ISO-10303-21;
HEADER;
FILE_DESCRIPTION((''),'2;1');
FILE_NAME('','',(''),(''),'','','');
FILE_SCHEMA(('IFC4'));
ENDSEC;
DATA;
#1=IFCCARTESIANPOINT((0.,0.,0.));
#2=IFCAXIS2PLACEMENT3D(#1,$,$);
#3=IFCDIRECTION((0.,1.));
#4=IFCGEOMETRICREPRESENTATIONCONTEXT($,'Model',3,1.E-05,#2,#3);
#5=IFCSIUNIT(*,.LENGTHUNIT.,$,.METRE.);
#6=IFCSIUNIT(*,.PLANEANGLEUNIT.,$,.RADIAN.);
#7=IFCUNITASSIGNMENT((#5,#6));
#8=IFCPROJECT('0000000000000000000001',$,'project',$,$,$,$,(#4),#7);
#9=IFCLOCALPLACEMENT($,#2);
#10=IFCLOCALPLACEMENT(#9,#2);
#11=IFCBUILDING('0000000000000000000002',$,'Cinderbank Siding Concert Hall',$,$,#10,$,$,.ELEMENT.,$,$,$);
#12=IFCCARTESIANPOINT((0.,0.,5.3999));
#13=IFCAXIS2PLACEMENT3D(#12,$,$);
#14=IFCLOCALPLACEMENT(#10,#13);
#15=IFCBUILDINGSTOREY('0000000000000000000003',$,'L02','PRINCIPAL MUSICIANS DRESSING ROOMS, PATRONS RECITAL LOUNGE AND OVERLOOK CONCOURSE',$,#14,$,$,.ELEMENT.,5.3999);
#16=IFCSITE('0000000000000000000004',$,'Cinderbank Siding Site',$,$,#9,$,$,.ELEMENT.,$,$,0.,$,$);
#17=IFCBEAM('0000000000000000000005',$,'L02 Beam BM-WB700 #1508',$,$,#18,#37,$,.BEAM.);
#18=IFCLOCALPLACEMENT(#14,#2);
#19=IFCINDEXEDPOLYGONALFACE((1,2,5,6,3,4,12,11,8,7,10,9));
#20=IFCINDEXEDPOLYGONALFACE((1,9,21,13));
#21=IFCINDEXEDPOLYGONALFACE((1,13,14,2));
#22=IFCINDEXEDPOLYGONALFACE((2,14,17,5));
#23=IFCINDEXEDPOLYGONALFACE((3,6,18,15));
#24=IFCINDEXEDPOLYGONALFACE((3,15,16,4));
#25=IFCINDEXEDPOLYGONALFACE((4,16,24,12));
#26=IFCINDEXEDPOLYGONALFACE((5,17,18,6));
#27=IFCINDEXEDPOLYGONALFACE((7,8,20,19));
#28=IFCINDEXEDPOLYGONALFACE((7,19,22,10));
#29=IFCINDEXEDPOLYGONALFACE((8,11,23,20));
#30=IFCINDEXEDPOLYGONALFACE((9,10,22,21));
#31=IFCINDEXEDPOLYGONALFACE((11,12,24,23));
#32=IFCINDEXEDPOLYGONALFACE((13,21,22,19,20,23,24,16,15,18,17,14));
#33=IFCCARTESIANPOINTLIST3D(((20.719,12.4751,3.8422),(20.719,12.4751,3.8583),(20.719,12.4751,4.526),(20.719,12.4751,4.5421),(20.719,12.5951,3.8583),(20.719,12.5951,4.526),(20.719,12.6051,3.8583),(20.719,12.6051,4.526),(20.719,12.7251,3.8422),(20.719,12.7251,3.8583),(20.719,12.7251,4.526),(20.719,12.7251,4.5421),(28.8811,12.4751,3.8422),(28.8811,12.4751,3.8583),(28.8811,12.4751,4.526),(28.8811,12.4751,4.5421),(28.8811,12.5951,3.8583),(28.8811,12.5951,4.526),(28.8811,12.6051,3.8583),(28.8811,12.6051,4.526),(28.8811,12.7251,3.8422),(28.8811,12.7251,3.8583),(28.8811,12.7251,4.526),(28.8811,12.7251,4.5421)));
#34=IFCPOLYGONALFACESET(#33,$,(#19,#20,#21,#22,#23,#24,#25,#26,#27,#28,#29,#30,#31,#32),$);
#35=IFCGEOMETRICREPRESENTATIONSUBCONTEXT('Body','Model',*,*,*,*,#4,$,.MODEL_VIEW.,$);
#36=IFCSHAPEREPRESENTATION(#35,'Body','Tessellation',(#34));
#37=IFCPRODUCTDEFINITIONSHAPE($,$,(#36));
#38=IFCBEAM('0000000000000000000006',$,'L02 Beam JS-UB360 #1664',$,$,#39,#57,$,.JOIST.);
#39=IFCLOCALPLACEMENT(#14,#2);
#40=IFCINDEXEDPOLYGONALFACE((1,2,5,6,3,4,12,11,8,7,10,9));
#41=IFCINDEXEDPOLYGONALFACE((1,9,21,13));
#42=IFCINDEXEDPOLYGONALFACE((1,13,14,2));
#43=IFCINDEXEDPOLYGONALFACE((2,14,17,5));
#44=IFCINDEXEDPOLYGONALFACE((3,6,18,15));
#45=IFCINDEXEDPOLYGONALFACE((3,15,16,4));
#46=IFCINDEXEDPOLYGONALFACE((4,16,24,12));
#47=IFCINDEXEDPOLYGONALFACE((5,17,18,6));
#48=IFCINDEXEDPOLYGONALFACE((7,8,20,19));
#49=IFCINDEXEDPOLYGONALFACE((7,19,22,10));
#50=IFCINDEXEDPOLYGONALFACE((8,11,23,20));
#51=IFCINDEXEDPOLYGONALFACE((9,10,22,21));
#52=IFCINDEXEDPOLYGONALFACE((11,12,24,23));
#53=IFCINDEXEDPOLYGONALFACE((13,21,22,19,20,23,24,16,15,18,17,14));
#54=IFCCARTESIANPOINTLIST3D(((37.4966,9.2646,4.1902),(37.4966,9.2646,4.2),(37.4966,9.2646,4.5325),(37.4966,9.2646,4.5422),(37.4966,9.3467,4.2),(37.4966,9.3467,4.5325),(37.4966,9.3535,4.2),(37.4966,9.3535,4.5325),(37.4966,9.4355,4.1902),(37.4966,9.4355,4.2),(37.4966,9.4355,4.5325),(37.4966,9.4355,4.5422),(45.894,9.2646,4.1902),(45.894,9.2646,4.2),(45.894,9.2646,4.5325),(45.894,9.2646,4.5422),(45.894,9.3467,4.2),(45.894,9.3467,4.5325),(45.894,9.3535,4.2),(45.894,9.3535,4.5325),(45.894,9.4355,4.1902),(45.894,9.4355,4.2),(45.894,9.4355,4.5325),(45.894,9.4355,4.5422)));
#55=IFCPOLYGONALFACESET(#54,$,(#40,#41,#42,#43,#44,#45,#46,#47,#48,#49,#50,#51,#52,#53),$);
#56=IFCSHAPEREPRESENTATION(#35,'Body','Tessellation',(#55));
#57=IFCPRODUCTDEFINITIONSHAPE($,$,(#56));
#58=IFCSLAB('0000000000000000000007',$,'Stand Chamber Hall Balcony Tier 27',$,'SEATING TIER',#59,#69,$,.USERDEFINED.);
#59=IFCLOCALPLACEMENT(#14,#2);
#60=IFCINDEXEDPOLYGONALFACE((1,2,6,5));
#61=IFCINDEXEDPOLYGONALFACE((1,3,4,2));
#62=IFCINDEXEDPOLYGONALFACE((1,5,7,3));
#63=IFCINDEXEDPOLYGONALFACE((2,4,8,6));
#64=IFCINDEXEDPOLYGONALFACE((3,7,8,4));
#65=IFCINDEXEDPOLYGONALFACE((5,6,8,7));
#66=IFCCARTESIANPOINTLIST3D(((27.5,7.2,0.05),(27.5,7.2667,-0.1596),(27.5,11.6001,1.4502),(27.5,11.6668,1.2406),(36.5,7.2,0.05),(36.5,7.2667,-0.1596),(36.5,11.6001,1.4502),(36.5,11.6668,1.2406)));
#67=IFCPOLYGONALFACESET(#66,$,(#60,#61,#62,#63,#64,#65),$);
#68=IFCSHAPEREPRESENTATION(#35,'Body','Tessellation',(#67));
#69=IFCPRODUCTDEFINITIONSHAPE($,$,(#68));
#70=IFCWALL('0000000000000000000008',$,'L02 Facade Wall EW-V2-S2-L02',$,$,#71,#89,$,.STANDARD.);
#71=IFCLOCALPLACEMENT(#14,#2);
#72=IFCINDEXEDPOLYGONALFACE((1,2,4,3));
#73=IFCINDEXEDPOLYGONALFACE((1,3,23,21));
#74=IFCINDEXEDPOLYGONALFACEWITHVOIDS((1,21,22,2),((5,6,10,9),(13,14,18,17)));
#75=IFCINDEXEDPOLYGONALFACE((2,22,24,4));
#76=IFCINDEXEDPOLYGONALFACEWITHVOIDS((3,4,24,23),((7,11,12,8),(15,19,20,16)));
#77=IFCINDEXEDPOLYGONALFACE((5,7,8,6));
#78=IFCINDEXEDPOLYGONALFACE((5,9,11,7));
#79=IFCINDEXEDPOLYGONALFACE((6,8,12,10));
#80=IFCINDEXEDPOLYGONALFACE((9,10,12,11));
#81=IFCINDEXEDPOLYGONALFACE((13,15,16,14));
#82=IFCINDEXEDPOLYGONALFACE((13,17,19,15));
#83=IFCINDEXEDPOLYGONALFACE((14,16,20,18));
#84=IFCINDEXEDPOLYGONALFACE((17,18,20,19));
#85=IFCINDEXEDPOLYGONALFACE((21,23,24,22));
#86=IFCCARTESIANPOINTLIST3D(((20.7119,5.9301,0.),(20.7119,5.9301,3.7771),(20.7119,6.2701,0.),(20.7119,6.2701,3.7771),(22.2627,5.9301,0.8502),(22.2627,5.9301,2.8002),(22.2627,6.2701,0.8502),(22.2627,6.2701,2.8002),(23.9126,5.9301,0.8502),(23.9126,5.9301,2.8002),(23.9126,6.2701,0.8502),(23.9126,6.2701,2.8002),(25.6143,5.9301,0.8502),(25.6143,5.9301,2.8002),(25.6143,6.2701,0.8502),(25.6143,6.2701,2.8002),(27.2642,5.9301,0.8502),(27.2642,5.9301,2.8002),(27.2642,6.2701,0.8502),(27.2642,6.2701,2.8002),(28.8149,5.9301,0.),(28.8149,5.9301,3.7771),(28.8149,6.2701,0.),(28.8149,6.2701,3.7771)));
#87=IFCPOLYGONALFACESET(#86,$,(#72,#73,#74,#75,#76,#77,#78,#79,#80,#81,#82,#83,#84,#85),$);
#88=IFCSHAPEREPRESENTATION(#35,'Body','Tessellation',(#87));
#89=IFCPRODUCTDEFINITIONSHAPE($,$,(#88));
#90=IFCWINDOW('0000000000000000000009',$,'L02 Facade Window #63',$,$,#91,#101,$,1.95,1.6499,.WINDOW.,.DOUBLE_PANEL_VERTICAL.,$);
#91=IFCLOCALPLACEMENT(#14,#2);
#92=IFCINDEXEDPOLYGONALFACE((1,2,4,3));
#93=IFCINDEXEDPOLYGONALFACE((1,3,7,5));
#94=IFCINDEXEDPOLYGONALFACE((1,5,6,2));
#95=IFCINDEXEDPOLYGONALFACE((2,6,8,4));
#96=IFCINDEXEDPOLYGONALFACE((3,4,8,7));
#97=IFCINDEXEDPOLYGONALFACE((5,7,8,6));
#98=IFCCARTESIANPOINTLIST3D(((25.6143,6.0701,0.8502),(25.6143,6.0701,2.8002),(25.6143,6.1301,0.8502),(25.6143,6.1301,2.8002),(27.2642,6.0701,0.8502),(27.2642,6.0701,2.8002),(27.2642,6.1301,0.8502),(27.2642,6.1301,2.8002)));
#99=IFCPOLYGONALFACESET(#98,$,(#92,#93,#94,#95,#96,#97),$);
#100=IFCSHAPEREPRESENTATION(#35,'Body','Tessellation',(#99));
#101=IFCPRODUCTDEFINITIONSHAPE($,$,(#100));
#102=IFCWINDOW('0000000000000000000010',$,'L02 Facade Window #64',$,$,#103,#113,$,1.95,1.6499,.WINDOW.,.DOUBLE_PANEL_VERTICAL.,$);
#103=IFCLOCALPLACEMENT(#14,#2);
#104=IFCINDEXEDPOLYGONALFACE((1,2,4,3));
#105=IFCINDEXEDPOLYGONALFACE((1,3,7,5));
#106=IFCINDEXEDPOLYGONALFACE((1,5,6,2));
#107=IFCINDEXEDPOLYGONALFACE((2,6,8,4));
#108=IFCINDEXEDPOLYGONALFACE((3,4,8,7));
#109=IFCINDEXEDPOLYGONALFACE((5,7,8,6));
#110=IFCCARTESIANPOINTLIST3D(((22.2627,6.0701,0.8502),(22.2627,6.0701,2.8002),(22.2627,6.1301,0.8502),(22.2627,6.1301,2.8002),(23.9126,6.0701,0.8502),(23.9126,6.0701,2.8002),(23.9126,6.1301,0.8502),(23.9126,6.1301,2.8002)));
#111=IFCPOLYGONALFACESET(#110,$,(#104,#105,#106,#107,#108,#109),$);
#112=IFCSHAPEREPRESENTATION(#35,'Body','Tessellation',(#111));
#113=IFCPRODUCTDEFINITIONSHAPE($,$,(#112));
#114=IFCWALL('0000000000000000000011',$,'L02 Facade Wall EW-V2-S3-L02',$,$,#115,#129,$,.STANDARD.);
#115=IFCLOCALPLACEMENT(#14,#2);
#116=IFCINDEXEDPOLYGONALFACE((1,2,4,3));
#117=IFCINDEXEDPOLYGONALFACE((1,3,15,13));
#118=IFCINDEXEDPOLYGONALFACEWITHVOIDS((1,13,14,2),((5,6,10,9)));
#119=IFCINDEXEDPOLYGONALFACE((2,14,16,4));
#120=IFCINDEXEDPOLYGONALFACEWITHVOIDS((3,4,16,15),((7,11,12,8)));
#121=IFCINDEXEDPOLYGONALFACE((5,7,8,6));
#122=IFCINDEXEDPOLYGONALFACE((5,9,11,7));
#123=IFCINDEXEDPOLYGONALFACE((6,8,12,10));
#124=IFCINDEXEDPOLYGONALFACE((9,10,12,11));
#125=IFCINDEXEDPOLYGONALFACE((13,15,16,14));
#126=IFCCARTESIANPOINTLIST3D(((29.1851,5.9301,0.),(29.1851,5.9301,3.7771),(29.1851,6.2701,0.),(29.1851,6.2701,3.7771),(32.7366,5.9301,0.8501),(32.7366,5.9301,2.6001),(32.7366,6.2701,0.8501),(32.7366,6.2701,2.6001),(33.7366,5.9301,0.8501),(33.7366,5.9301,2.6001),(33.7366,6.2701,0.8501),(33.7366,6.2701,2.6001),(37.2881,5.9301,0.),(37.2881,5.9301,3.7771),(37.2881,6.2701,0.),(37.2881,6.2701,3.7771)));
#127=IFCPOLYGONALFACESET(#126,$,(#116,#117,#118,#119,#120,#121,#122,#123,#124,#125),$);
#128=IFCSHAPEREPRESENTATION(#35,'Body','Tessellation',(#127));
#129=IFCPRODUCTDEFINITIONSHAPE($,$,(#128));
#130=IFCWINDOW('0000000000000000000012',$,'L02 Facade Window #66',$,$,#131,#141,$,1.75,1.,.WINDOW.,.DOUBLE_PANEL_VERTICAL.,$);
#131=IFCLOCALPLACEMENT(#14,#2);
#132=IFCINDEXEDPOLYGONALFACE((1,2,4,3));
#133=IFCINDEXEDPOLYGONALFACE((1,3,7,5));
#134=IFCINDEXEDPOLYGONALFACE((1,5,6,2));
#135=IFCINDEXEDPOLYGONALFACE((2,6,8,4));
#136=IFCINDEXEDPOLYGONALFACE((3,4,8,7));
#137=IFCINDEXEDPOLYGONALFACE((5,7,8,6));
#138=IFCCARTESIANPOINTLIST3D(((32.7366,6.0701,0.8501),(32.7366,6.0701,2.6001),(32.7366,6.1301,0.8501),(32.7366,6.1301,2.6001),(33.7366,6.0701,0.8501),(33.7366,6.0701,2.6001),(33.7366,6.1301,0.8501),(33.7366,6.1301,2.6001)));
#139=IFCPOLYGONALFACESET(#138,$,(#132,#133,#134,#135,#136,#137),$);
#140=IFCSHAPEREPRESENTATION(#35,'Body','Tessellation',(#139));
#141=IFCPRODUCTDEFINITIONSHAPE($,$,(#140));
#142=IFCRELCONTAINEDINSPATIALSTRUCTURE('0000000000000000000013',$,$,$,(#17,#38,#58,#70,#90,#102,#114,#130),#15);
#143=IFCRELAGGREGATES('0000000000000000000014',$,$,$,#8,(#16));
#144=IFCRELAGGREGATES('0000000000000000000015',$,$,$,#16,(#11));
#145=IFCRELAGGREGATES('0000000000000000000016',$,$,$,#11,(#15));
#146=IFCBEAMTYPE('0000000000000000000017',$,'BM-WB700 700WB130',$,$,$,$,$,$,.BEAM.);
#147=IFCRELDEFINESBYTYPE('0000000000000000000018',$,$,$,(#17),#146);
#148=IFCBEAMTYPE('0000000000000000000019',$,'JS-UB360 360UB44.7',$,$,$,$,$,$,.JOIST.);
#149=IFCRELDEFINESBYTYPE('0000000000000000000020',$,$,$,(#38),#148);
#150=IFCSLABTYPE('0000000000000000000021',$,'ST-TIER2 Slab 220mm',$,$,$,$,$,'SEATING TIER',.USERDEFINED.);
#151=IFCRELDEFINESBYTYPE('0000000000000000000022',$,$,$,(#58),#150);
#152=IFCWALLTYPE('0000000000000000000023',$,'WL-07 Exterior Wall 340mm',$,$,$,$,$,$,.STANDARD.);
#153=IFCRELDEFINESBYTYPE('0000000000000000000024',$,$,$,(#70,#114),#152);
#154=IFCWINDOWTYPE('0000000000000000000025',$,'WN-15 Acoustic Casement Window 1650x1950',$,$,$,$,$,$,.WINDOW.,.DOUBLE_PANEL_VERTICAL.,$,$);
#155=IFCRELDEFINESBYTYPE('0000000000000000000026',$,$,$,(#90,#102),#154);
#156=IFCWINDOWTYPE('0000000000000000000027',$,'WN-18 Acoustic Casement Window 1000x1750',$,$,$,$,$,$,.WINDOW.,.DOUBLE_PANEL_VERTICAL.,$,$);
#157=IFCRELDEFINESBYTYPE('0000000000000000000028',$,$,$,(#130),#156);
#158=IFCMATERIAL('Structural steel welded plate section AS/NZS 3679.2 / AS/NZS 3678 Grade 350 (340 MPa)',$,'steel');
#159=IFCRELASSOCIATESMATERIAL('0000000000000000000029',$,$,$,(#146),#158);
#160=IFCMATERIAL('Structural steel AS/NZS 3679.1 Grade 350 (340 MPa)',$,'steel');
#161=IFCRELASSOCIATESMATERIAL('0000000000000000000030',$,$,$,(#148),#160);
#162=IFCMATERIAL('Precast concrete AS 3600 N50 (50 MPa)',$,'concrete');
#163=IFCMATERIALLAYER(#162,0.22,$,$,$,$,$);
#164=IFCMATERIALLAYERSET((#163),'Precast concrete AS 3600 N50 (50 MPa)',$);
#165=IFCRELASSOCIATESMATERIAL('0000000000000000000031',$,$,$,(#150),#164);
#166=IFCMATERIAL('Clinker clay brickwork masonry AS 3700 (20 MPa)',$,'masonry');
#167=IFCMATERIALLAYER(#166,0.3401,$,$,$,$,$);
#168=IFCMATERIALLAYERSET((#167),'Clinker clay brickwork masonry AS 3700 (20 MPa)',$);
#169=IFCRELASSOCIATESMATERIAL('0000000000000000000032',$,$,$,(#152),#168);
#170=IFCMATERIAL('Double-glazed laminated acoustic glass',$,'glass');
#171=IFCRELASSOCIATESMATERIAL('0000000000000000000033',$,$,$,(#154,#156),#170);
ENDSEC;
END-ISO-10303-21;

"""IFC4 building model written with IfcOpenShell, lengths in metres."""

from ifc_helpers import new_model, si_unit, direction, frame, frame_2d, origin, origin_2d, place, context, subcontext, project, spatial, polyline, rectangle, i_section, outline, extrude, material, layer, layer_set, material_profile, profile_set, type_object, element, fill, save


model = new_model("IFC4")

# Units and contexts
model_context = context("Model", 3, precision=1e-05, world=origin(), true_north=direction((0.0, 1.0)))
body_context = subcontext(model_context, "Body", "Model", "MODEL_VIEW")
ifc_project = project(units=[si_unit("LENGTHUNIT", "METRE"), si_unit("PLANEANGLEUNIT", "RADIAN")], contexts=[model_context])

# Site, building, storey
site_placement = place(None, origin())
site = spatial("IfcSite", under=ifc_project, at=site_placement, Name="Cinderbank Siding Site", CompositionType="ELEMENT", RefElevation=0.0)
building_placement = place(site_placement, origin())
building = spatial("IfcBuilding", under=site, at=building_placement, Name="Cinderbank Siding Concert Hall", CompositionType="ELEMENT")
storey_placement = place(building_placement, frame((0.0, 0.0, 5.3999)))
storey = spatial("IfcBuildingStorey", under=building, at=storey_placement, Name="L02", Description="PRINCIPAL MUSICIANS DRESSING ROOMS, PATRONS RECITAL LOUNGE AND OVERLOOK CONCOURSE", CompositionType="ELEMENT", Elevation=5.3999)

# Shared definitions
ifc_material_1 = material(Name="Structural steel AS/NZS 3679.1 Grade 350 (340 MPa)", Category="steel")

# Beams
ifc_material_2 = material(Name="Structural steel welded plate section AS/NZS 3679.2 / AS/NZS 3678 Grade 350 (340 MPa)", Category="steel")
ifc_material_profile_1 = material_profile(ifc_material_2, i_section(OverallWidth=0.25, OverallDepth=0.7, WebThickness=0.01, FlangeThickness=0.0161, at=origin_2d()), Name="700WB130", Category="LoadBearing")
ifc_profile_set_1 = profile_set([ifc_material_profile_1], Name="Structural steel welded plate section AS/NZS 3679.2 / AS/NZS 3678 Grade 350 (340 MPa)")
beam_type_1 = type_object("IfcBeamType", Name="BM-WB700 700WB130", PredefinedType="BEAM", material=ifc_profile_set_1)
beam_1_placement = place(storey_placement, frame((20.719, 12.6001, 4.1921), z_axis=(1.0, 0.0, 0.0), x_axis=(0.0, 1.0, 0.0)))
element("IfcBeam", 1, at=beam_1_placement, inside=storey, type_object=beam_type_1, Name="L02 Beam BM-WB700 #1508", PredefinedType="BEAM", context=body_context, shape_type="SweptSolid", body=[
    extrude(i_section(OverallWidth=0.25, OverallDepth=0.7, WebThickness=0.01, FlangeThickness=0.0161, at=origin_2d()), origin(), (0.0, 0.0, 1.0), 8.1621),
])
ifc_material_profile_2 = material_profile(ifc_material_1, i_section(OverallWidth=0.1709, OverallDepth=0.3521, WebThickness=0.0068, FlangeThickness=0.0098, at=origin_2d()), Name="360UB44.7", Category="LoadBearing")
ifc_profile_set_2 = profile_set([ifc_material_profile_2], Name="Structural steel AS/NZS 3679.1 Grade 350 (340 MPa)")
beam_type_2 = type_object("IfcBeamType", Name="JS-UB360 360UB44.7", PredefinedType="JOIST", material=ifc_profile_set_2)
beam_2_placement = place(storey_placement, frame((37.4966, 9.3501, 4.3662), z_axis=(1.0, 0.0, 0.0), x_axis=(0.0, 1.0, 0.0)))
element("IfcBeam", 2, at=beam_2_placement, inside=storey, type_object=beam_type_2, Name="L02 Beam JS-UB360 #1664", PredefinedType="JOIST", context=body_context, shape_type="SweptSolid", body=[
    extrude(i_section(OverallWidth=0.1709, OverallDepth=0.3521, WebThickness=0.0068, FlangeThickness=0.0098, at=origin_2d()), origin(), (0.0, 0.0, 1.0), 8.3975),
])

# Slab
ifc_material_3 = material(Name="Precast concrete AS 3600 N50 (50 MPa)", Category="concrete")
ifc_layer_1 = layer(ifc_material_3, 0.22)
ifc_layer_set_1 = layer_set([ifc_layer_1], Name="Precast concrete AS 3600 N50 (50 MPa)")
slab_type = type_object("IfcSlabType", Name="ST-TIER2 Slab 220mm", ElementType="SEATING TIER", PredefinedType="USERDEFINED", material=ifc_layer_set_1)
slab_placement = place(storey_placement, frame((27.5, 7.2, 0.05), z_axis=(0.0, -0.303223, 0.95292), x_axis=(1.0, 0.0, 0.0)))
element("IfcSlab", 3, at=slab_placement, inside=storey, type_object=slab_type, Name="Stand Chamber Hall Balcony Tier 27", ObjectType="SEATING TIER", PredefinedType="USERDEFINED", context=body_context, shape_type="SweptSolid", body=[
    extrude(outline(polyline([(0.0, 0.0), (9.0, 0.0), (9.0, 4.6175), (0.0, 4.6175), (0.0, 0.0)])), origin(), (0.0, 0.0, -1.0), 0.22),
])

# Wall, openings, windows
ifc_material_4 = material(Name="Clinker clay brickwork masonry AS 3700 (20 MPa)", Category="masonry")
ifc_layer_2 = layer(ifc_material_4, 0.3401)
ifc_layer_set_2 = layer_set([ifc_layer_2], Name="Clinker clay brickwork masonry AS 3700 (20 MPa)")
wall_type = type_object("IfcWallType", Name="WL-07 Exterior Wall 340mm", PredefinedType="STANDARD", material=ifc_layer_set_2)
wall_1_placement = place(storey_placement, frame((28.8149, 6.1001, 0.0), z_axis=(0.0, 0.0, 1.0), x_axis=(-1.0, 0.0, 0.0)))
wall_1 = element("IfcWall", 4, at=wall_1_placement, inside=storey, type_object=wall_type, Name="L02 Facade Wall EW-V2-S2-L02", PredefinedType="STANDARD", context=body_context, shape_type="SweptSolid", body=[
    extrude(rectangle(XDim=8.103, YDim=0.3401, at=frame_2d((4.0515, 0.0))), origin(), (0.0, 0.0, 1.0), 3.7771),
])
opening_1_placement = place(wall_1_placement, frame((1.5508, 0.0, 0.8501)))
opening_1 = element("IfcOpeningElement", 5, at=opening_1_placement, cuts=wall_1, PredefinedType="OPENING", context=body_context, shape_type="SweptSolid", body=[
    extrude(rectangle(XDim=1.6499, YDim=1.95, at=frame_2d((0.825, 0.9751))), frame((0.0, 0.1821, 0.0), z_axis=(0.0, -1.0, 0.0), x_axis=(1.0, 0.0, 0.0)), (0.0, 0.0, 1.0), 0.364),
])
opening_2_placement = place(wall_1_placement, frame((4.9023, 0.0, 0.8501)))
opening_2 = element("IfcOpeningElement", 6, at=opening_2_placement, cuts=wall_1, PredefinedType="OPENING", context=body_context, shape_type="SweptSolid", body=[
    extrude(rectangle(XDim=1.6499, YDim=1.95, at=frame_2d((0.825, 0.9751))), frame((0.0, 0.1821, 0.0), z_axis=(0.0, -1.0, 0.0), x_axis=(1.0, 0.0, 0.0)), (0.0, 0.0, 1.0), 0.364),
])
ifc_material_5 = material(Name="Double-glazed laminated acoustic glass", Category="glass")
window_type_1 = type_object("IfcWindowType", Name="WN-15 Acoustic Casement Window 1650x1950", PartitioningType="DOUBLE_PANEL_VERTICAL", PredefinedType="WINDOW", material=ifc_material_5)
window_1_placement = place(opening_1_placement, origin())
window_1 = element("IfcWindow", 7, at=window_1_placement, inside=storey, type_object=window_type_1, Name="L02 Facade Window #63", OverallHeight=1.95, OverallWidth=1.6499, PartitioningType="DOUBLE_PANEL_VERTICAL", PredefinedType="WINDOW", context=body_context, shape_type="SweptSolid", body=[
    extrude(rectangle(XDim=1.6499, YDim=1.95, at=frame_2d((0.825, 0.9751))), frame((0.0, 0.03, 0.0), z_axis=(0.0, -1.0, 0.0), x_axis=(1.0, 0.0, 0.0)), (0.0, 0.0, 1.0), 0.0601),
])
fill(opening_1, window_1)
window_2_placement = place(opening_2_placement, origin())
window_2 = element("IfcWindow", 8, at=window_2_placement, inside=storey, type_object=window_type_1, Name="L02 Facade Window #64", OverallHeight=1.95, OverallWidth=1.6499, PartitioningType="DOUBLE_PANEL_VERTICAL", PredefinedType="WINDOW", context=body_context, shape_type="SweptSolid", body=[
    extrude(rectangle(XDim=1.6499, YDim=1.95, at=frame_2d((0.825, 0.9751))), frame((0.0, 0.03, 0.0), z_axis=(0.0, -1.0, 0.0), x_axis=(1.0, 0.0, 0.0)), (0.0, 0.0, 1.0), 0.0601),
])
fill(opening_2, window_2)

# Wall, opening, window
wall_2_placement = place(storey_placement, frame((37.2881, 6.1001, 0.0), z_axis=(0.0, 0.0, 1.0), x_axis=(-1.0, 0.0, 0.0)))
wall_2 = element("IfcWall", 9, at=wall_2_placement, inside=storey, type_object=wall_type, Name="L02 Facade Wall EW-V2-S3-L02", PredefinedType="STANDARD", context=body_context, shape_type="SweptSolid", body=[
    extrude(rectangle(XDim=8.103, YDim=0.3401, at=frame_2d((4.0515, 0.0))), origin(), (0.0, 0.0, 1.0), 3.7771),
])
opening_3_placement = place(wall_2_placement, frame((3.5515, 0.0, 0.8501)))
opening_3 = element("IfcOpeningElement", 10, at=opening_3_placement, cuts=wall_2, PredefinedType="OPENING", context=body_context, shape_type="SweptSolid", body=[
    extrude(rectangle(XDim=1.0, YDim=1.75, at=frame_2d((0.5, 0.875))), frame((0.0, 0.1821, 0.0), z_axis=(0.0, -1.0, 0.0), x_axis=(1.0, 0.0, 0.0)), (0.0, 0.0, 1.0), 0.364),
])
window_type_2 = type_object("IfcWindowType", Name="WN-18 Acoustic Casement Window 1000x1750", PartitioningType="DOUBLE_PANEL_VERTICAL", PredefinedType="WINDOW", material=ifc_material_5)
window_3_placement = place(opening_3_placement, origin())
window_3 = element("IfcWindow", 11, at=window_3_placement, inside=storey, type_object=window_type_2, Name="L02 Facade Window #66", OverallHeight=1.75, OverallWidth=1.0, PartitioningType="DOUBLE_PANEL_VERTICAL", PredefinedType="WINDOW", context=body_context, shape_type="SweptSolid", body=[
    extrude(rectangle(XDim=1.0, YDim=1.75, at=frame_2d((0.5, 0.875))), frame((0.0, 0.03, 0.0), z_axis=(0.0, -1.0, 0.0), x_axis=(1.0, 0.0, 0.0)), (0.0, 0.0, 1.0), 0.0601),
])
fill(opening_3, window_3)

save(model, "model.ifc")
